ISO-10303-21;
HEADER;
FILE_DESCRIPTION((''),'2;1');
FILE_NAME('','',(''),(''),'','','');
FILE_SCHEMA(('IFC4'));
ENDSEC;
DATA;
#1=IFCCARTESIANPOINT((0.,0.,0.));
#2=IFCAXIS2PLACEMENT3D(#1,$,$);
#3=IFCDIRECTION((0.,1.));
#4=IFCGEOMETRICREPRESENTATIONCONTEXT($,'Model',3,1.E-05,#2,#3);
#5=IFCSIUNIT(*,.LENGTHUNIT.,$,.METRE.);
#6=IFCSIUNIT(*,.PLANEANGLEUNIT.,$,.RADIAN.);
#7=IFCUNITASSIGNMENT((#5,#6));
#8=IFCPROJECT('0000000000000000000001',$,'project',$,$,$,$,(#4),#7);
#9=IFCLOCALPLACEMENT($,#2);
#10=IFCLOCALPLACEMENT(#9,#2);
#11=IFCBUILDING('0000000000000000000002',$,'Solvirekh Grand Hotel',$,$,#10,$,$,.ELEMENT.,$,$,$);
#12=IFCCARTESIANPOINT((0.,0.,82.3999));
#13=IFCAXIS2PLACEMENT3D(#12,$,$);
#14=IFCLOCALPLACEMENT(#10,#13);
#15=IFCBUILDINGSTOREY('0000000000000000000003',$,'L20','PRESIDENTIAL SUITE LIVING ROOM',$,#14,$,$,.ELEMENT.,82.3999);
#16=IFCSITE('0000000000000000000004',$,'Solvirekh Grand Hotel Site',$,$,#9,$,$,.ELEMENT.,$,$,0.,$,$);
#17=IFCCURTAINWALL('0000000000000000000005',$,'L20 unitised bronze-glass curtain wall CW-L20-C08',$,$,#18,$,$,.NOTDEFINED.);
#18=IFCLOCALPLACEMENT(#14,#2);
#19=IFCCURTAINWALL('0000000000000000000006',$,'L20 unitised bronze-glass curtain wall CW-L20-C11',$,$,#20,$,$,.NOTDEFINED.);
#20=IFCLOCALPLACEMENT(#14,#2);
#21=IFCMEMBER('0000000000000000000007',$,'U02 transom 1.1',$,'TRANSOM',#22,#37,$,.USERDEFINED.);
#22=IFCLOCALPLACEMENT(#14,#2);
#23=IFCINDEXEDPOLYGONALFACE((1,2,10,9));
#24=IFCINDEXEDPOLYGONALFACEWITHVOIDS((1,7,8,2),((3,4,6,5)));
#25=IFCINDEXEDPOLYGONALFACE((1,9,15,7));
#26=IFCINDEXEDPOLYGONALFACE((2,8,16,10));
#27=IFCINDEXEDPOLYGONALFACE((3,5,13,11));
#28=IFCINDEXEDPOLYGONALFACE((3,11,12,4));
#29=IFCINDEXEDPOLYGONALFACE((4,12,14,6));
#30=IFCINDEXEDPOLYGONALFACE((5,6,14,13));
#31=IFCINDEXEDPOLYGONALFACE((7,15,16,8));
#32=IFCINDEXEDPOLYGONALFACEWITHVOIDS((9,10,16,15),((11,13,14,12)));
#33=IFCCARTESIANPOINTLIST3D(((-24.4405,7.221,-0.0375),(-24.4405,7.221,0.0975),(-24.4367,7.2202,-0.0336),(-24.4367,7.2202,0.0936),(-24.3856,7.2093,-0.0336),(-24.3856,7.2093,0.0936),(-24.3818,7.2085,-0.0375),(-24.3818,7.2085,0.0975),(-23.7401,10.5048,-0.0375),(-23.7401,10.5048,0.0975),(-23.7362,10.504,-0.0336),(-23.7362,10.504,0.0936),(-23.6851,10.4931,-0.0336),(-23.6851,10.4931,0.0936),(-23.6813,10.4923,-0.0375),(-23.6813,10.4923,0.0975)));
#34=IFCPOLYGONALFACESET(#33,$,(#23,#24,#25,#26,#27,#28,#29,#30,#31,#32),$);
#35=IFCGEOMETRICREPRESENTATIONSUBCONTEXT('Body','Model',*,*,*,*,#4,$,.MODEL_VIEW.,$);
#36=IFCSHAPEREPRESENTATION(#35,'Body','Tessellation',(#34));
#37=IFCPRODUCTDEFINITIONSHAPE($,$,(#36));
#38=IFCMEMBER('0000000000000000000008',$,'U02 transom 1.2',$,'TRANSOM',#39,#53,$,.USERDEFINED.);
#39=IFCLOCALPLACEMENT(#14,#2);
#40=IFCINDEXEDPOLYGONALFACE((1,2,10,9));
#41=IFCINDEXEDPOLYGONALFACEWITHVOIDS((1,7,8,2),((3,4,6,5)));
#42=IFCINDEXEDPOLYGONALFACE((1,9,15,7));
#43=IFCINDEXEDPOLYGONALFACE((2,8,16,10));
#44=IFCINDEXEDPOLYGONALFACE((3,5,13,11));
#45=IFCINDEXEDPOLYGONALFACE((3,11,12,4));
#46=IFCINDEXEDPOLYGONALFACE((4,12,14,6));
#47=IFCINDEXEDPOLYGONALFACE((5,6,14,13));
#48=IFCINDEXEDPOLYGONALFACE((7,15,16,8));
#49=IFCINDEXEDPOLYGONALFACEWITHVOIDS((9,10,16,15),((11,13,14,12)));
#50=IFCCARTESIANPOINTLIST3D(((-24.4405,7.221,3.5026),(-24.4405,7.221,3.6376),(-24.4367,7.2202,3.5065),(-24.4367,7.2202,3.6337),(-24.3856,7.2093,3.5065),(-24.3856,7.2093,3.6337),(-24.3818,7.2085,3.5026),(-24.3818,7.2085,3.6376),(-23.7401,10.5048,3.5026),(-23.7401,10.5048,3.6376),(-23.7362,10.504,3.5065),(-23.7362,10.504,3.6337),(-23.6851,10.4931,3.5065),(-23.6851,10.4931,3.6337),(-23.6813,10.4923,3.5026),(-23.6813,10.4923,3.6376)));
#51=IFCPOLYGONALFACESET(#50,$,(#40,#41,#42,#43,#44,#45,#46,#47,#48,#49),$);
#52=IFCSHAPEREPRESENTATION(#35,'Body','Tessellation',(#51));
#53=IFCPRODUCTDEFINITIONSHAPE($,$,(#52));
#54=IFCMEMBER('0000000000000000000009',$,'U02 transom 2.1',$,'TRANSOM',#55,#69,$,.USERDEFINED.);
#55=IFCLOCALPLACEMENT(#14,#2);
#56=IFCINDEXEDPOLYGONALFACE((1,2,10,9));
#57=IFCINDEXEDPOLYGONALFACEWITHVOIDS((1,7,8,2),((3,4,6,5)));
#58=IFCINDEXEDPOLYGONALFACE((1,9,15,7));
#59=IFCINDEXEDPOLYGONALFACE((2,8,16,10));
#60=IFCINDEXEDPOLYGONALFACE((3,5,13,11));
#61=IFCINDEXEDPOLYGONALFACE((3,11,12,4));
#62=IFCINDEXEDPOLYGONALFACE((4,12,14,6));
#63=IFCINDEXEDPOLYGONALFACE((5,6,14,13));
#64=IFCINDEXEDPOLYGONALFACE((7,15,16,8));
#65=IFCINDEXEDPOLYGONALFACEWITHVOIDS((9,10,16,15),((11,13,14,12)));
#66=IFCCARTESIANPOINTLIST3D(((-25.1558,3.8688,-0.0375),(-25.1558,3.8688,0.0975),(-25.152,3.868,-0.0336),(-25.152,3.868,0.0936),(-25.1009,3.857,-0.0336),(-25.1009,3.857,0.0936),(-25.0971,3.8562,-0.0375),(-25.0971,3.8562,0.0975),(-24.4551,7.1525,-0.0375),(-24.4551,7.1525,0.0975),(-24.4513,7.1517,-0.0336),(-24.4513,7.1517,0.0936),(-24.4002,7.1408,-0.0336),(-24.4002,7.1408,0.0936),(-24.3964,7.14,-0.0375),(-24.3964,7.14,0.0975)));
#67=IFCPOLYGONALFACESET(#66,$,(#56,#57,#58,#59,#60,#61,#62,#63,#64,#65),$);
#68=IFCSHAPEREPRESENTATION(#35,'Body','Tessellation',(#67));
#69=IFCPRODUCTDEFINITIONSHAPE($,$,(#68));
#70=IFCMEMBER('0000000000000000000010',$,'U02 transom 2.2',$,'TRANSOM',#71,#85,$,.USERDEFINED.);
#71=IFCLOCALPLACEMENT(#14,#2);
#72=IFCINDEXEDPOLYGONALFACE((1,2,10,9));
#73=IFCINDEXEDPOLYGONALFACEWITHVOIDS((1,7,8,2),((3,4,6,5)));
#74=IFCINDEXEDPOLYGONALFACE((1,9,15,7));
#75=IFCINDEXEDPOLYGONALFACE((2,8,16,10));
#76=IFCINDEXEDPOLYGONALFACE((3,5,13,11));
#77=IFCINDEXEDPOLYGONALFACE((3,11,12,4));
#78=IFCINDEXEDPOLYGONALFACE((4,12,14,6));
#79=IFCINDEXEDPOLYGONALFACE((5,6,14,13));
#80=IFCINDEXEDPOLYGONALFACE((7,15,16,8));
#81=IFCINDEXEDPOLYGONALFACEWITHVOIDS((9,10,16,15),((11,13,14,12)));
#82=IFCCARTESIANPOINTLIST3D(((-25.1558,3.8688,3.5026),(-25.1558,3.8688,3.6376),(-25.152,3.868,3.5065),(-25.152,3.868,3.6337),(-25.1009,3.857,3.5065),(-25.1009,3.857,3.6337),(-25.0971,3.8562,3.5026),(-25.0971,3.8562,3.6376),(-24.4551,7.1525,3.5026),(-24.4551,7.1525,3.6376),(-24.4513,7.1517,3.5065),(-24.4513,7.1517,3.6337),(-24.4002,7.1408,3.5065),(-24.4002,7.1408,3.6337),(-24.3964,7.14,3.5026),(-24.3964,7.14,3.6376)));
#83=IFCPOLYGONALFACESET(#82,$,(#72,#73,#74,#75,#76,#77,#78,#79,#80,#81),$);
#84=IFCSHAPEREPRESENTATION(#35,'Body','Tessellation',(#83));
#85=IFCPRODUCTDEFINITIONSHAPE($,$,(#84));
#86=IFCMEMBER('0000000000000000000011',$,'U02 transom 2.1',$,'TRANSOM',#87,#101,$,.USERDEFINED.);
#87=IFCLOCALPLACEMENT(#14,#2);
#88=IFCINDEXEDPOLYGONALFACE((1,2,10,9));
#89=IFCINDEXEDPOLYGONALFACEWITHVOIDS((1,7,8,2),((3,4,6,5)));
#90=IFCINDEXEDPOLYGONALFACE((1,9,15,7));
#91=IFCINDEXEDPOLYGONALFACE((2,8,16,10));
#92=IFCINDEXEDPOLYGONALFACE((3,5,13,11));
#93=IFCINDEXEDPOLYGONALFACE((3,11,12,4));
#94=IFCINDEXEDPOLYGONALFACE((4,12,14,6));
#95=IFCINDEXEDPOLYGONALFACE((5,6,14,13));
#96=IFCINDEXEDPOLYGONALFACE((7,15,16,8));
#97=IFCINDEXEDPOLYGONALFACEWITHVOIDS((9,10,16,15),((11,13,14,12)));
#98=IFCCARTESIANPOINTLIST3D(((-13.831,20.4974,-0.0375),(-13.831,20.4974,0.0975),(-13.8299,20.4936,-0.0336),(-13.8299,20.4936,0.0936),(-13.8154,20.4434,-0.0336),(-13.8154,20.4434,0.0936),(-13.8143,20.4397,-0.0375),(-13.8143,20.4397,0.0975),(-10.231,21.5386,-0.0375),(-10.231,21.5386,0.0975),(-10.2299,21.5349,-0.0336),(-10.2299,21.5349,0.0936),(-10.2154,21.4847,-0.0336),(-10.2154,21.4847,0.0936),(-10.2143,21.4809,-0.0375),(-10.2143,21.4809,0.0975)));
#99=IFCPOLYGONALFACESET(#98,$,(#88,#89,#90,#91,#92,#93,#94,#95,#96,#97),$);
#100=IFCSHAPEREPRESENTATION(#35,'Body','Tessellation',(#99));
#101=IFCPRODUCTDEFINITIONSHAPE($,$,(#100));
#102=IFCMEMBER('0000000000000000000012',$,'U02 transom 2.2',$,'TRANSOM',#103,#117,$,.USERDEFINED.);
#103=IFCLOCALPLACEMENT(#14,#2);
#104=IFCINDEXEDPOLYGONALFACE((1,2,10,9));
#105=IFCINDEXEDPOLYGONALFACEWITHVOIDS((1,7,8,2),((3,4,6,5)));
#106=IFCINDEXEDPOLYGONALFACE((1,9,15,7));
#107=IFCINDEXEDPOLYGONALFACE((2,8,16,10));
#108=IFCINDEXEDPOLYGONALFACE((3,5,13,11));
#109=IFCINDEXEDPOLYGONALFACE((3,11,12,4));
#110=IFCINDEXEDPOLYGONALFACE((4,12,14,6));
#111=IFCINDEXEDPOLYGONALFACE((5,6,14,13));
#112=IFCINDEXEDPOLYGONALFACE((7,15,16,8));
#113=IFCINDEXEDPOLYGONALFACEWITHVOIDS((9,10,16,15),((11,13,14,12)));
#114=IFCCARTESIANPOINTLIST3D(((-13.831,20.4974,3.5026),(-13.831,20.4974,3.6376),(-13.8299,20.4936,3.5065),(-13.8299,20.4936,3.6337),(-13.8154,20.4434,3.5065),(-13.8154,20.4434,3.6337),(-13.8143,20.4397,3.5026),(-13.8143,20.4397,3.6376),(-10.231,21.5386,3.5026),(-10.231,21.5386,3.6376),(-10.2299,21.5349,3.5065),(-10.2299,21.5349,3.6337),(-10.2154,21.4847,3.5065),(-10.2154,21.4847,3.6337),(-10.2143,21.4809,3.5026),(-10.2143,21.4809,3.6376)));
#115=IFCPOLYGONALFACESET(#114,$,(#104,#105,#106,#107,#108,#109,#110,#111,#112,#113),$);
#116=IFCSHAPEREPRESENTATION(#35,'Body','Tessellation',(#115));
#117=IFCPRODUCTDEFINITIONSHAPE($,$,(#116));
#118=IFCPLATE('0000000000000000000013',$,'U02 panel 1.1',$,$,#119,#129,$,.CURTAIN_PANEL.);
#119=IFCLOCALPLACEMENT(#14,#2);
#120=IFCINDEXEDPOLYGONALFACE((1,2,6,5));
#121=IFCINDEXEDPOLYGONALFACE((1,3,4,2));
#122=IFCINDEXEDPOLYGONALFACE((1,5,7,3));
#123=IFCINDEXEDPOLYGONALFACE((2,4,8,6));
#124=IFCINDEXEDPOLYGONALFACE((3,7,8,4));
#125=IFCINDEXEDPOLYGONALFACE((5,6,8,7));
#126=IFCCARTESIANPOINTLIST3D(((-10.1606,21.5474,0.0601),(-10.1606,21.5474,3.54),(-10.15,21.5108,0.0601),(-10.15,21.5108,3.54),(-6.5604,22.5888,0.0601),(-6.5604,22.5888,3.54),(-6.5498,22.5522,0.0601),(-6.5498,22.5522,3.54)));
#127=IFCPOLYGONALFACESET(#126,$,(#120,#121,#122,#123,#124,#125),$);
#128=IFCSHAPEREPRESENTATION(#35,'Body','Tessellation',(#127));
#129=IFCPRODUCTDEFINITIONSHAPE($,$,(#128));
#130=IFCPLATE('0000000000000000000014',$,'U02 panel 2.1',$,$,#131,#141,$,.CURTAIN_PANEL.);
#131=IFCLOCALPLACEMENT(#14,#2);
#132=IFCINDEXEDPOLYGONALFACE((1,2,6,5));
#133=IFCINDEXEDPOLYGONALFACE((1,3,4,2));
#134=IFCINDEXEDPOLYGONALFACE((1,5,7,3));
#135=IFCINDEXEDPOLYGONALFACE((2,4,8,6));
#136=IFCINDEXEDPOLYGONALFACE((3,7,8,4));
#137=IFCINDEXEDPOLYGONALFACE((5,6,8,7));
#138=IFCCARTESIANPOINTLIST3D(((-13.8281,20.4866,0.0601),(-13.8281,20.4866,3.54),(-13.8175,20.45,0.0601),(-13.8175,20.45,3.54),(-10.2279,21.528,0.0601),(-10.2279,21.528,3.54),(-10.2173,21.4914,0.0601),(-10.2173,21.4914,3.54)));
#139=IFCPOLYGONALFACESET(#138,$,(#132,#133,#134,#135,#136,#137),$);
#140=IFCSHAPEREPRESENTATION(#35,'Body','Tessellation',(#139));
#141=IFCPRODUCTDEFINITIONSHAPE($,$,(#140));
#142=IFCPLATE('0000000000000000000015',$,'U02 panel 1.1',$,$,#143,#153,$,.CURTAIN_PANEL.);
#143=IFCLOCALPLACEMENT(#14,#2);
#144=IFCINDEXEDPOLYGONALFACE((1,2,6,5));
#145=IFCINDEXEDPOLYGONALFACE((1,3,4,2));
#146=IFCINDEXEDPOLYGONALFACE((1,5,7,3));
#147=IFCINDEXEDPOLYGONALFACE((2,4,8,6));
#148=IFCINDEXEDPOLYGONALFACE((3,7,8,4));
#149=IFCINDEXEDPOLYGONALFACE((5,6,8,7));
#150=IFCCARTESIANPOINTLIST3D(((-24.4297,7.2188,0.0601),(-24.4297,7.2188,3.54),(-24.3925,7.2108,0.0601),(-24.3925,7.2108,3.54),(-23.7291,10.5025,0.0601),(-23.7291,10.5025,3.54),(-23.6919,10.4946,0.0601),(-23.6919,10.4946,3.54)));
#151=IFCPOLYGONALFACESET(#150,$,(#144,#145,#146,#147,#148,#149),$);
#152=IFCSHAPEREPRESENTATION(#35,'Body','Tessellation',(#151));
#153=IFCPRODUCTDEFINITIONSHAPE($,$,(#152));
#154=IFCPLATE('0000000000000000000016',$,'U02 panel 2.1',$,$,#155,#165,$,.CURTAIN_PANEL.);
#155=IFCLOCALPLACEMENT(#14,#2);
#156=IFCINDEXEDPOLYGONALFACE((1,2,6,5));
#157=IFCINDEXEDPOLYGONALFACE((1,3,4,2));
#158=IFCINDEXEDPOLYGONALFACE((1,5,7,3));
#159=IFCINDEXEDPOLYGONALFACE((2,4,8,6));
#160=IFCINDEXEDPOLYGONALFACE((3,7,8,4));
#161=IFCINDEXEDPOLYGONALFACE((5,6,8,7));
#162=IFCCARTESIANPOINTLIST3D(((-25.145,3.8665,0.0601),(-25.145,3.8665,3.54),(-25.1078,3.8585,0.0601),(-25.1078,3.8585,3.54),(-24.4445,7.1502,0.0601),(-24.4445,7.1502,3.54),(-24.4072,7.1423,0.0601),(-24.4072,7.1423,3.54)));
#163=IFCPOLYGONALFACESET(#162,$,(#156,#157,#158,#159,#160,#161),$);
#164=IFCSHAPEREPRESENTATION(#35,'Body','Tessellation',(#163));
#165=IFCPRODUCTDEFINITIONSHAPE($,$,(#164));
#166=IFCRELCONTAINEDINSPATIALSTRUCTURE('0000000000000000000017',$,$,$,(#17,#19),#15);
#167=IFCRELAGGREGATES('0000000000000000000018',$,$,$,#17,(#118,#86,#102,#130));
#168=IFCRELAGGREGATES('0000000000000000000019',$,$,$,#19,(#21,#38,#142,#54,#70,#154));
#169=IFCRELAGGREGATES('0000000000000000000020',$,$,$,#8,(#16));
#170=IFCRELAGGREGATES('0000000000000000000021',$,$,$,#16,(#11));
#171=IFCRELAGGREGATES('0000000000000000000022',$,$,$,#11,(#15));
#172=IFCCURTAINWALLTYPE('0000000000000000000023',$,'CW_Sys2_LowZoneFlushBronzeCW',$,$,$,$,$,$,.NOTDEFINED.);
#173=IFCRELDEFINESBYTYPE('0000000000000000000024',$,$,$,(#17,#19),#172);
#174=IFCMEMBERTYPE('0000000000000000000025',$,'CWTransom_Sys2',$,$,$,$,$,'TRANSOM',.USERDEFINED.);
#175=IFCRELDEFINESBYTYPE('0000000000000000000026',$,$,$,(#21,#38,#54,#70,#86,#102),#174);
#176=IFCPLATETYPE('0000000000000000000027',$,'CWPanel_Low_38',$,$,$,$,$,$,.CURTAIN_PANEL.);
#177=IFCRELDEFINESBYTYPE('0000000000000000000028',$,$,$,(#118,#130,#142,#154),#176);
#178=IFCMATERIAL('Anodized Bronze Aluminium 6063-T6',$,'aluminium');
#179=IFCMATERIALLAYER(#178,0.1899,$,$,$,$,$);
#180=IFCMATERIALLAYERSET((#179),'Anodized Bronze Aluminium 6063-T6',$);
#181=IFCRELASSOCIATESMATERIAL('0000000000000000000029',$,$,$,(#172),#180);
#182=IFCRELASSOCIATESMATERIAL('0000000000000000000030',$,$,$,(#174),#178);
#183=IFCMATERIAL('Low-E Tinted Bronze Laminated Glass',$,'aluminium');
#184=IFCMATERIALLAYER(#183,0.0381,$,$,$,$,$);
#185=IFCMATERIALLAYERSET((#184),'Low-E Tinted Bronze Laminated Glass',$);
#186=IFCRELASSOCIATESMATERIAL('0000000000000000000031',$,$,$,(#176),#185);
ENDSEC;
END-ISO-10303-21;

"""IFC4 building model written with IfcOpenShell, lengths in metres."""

from ifc_helpers import new_model, si_unit, direction, frame, origin, origin_2d, place, context, subcontext, project, spatial, rectangle, hollow_rectangle, extrude, source, transform, mapped, material, layer, layer_set, material_profile, profile_set, type_object, element, aggregate, save


model = new_model("IFC4")

# Units and contexts
model_context = context("Model", 3, precision=1e-05, world=origin(), true_north=direction((0.0, 1.0)))
body_context = subcontext(model_context, "Body", "Model", "MODEL_VIEW")
ifc_project = project(units=[si_unit("LENGTHUNIT", "METRE"), si_unit("PLANEANGLEUNIT", "RADIAN")], contexts=[model_context])

# Site, building, storey
site_placement = place(None, origin())
site = spatial("IfcSite", under=ifc_project, at=site_placement, Name="Solvirekh Grand Hotel Site", CompositionType="ELEMENT", RefElevation=0.0)
building_placement = place(site_placement, origin())
building = spatial("IfcBuilding", under=site, at=building_placement, Name="Solvirekh Grand Hotel", CompositionType="ELEMENT")
storey_placement = place(building_placement, frame((0.0, 0.0, 82.3999)))
storey = spatial("IfcBuildingStorey", under=building, at=storey_placement, Name="L20", Description="PRESIDENTIAL SUITE LIVING ROOM", CompositionType="ELEMENT", Elevation=82.3999)

# Curtain walls, members
ifc_material_1 = material(Name="Anodized Bronze Aluminium 6063-T6", Category="aluminium")
ifc_layer_1 = layer(ifc_material_1, 0.1899)
ifc_layer_set_1 = layer_set([ifc_layer_1], Name="Anodized Bronze Aluminium 6063-T6")
curtain_wall_type = type_object("IfcCurtainWallType", Name="CW_Sys2_LowZoneFlushBronzeCW", PredefinedType="NOTDEFINED", material=ifc_layer_set_1)
curtain_wall_1_placement = place(storey_placement, origin())
curtain_wall_1 = element("IfcCurtainWall", 1, at=curtain_wall_1_placement, inside=storey, type_object=curtain_wall_type, Name="L20 unitised bronze-glass curtain wall CW-L20-C08", PredefinedType="NOTDEFINED")
curtain_wall_2_placement = place(storey_placement, origin())
curtain_wall_2 = element("IfcCurtainWall", 2, at=curtain_wall_2_placement, inside=storey, type_object=curtain_wall_type, Name="L20 unitised bronze-glass curtain wall CW-L20-C11", PredefinedType="NOTDEFINED")
ifc_material_profile_1 = material_profile(ifc_material_1, hollow_rectangle(XDim=0.0601, YDim=0.135, WallThickness=0.0039, at=origin_2d()), Name="ALU RHS 135X60X4")
ifc_profile_set_1 = profile_set([ifc_material_profile_1], Name="Anodized Bronze Aluminium 6063-T6")
member_type_1 = type_object("IfcMemberType", Name="CWTransom_Sys2", ElementType="TRANSOM", PredefinedType="USERDEFINED", material=ifc_profile_set_1)
shared_shape_1 = source(origin(), body_context, "Body", "SweptSolid", [
    extrude(hollow_rectangle(XDim=0.0601, YDim=0.135, WallThickness=0.0039, at=origin_2d()), origin(), (0.0, 0.0, 1.0), 3.3577),
])
member_1_placement = place(storey_placement, frame((-23.7107, 10.4985, 0.03), z_axis=(-0.208615, -0.977998, 0.0), x_axis=(0.977998, -0.208615, 0.0)))
member_1 = element("IfcMember", 3, at=member_1_placement, type_object=member_type_1, Name="U02 transom 1.1", ObjectType="TRANSOM", PredefinedType="USERDEFINED", context=body_context, shape_type="MappedRepresentation", body=[
    mapped(shared_shape_1, transform((0.0, 0.0, 0.0), x_axis=(1.0, 0.0, 0.0), y_axis=(0.0, 1.0, 0.0), z_axis=(0.0, 0.0, 1.0), scale=1.0)),
])
member_2_placement = place(storey_placement, frame((-23.7107, 10.4985, 3.5701), z_axis=(-0.208615, -0.977998, 0.0), x_axis=(0.977998, -0.208615, 0.0)))
member_2 = element("IfcMember", 4, at=member_2_placement, type_object=member_type_1, Name="U02 transom 1.2", ObjectType="TRANSOM", PredefinedType="USERDEFINED", context=body_context, shape_type="MappedRepresentation", body=[
    mapped(shared_shape_1, transform((0.0, 0.0, 0.0), x_axis=(1.0, 0.0, 0.0), y_axis=(0.0, 1.0, 0.0), z_axis=(0.0, 0.0, 1.0), scale=1.0)),
])
member_3_placement = place(storey_placement, frame((-24.4258, 7.1462, 0.03), z_axis=(-0.208685, -0.977983, 0.0), x_axis=(0.977983, -0.208685, 0.0)))
member_3 = element("IfcMember", 5, at=member_3_placement, type_object=member_type_1, Name="U02 transom 2.1", ObjectType="TRANSOM", PredefinedType="USERDEFINED", context=body_context, shape_type="MappedRepresentation", body=[
    mapped(shared_shape_1, transform((0.0, 0.0, 0.0), x_axis=(1.0, 0.0, 0.0), y_axis=(0.0, 1.0, 0.0), z_axis=(0.0, 0.0, 1.0), scale=1.0)),
])
member_4_placement = place(storey_placement, frame((-24.4258, 7.1462, 3.5701), z_axis=(-0.208685, -0.977983, 0.0), x_axis=(0.977983, -0.208685, 0.0)))
member_4 = element("IfcMember", 6, at=member_4_placement, type_object=member_type_1, Name="U02 transom 2.2", ObjectType="TRANSOM", PredefinedType="USERDEFINED", context=body_context, shape_type="MappedRepresentation", body=[
    mapped(shared_shape_1, transform((0.0, 0.0, 0.0), x_axis=(1.0, 0.0, 0.0), y_axis=(0.0, 1.0, 0.0), z_axis=(0.0, 0.0, 1.0), scale=1.0)),
])

# Members
shared_shape_2 = source(origin(), body_context, "Body", "SweptSolid", [
    extrude(hollow_rectangle(XDim=0.0601, YDim=0.135, WallThickness=0.0039, at=origin_2d()), origin(), (0.0, 0.0, 1.0), 3.7476),
])
member_5_placement = place(storey_placement, frame((-10.2227, 21.5098, 0.03), z_axis=(-0.960627, -0.277843, 0.0), x_axis=(0.277843, -0.960627, 0.0)))
member_5 = element("IfcMember", 7, at=member_5_placement, type_object=member_type_1, Name="U02 transom 2.1", ObjectType="TRANSOM", PredefinedType="USERDEFINED", context=body_context, shape_type="MappedRepresentation", body=[
    mapped(shared_shape_2, transform((0.0, 0.0, 0.0), x_axis=(1.0, 0.0, 0.0), y_axis=(0.0, 1.0, 0.0), z_axis=(0.0, 0.0, 1.0), scale=1.0)),
])
member_6_placement = place(storey_placement, frame((-10.2227, 21.5098, 3.5701), z_axis=(-0.960627, -0.277843, 0.0), x_axis=(0.277843, -0.960627, 0.0)))
member_6 = element("IfcMember", 8, at=member_6_placement, type_object=member_type_1, Name="U02 transom 2.2", ObjectType="TRANSOM", PredefinedType="USERDEFINED", context=body_context, shape_type="MappedRepresentation", body=[
    mapped(shared_shape_2, transform((0.0, 0.0, 0.0), x_axis=(1.0, 0.0, 0.0), y_axis=(0.0, 1.0, 0.0), z_axis=(0.0, 0.0, 1.0), scale=1.0)),
])

# Plates
ifc_material_2 = material(Name="Low-E Tinted Bronze Laminated Glass", Category="aluminium")
ifc_layer_2 = layer(ifc_material_2, 0.0381)
ifc_layer_set_2 = layer_set([ifc_layer_2], Name="Low-E Tinted Bronze Laminated Glass")
plate_type = type_object("IfcPlateType", Name="CWPanel_Low_38", PredefinedType="CURTAIN_PANEL", material=ifc_layer_set_2)
shared_shape_3 = source(origin(), body_context, "Body", "SweptSolid", [
    extrude(rectangle(XDim=3.7478, YDim=0.0381, at=origin_2d()), origin(), (0.0, 0.0, 1.0), 3.48),
])
plate_1_placement = place(storey_placement, frame((-8.3552, 22.0498, 0.0601), z_axis=(0.0, 0.0, 1.0), x_axis=(-0.960623, -0.277856, 0.0)))
plate_1 = element("IfcPlate", 9, at=plate_1_placement, type_object=plate_type, Name="U02 panel 1.1", PredefinedType="CURTAIN_PANEL", context=body_context, shape_type="MappedRepresentation", body=[
    mapped(shared_shape_3, transform((0.0, 0.0, 0.0), x_axis=(1.0, 0.0, 0.0), y_axis=(0.0, 1.0, 0.0), z_axis=(0.0, 0.0, 1.0), scale=1.0)),
])
plate_2_placement = place(storey_placement, frame((-12.0227, 20.989, 0.0601), z_axis=(0.0, 0.0, 1.0), x_axis=(-0.960623, -0.277856, 0.0)))
plate_2 = element("IfcPlate", 10, at=plate_2_placement, type_object=plate_type, Name="U02 panel 2.1", PredefinedType="CURTAIN_PANEL", context=body_context, shape_type="MappedRepresentation", body=[
    mapped(shared_shape_3, transform((0.0, 0.0, 0.0), x_axis=(1.0, 0.0, 0.0), y_axis=(0.0, 1.0, 0.0), z_axis=(0.0, 0.0, 1.0), scale=1.0)),
])
aggregate(curtain_wall_1, [plate_1, member_5, member_6, plate_2])
shared_shape_4 = source(origin(), body_context, "Body", "SweptSolid", [
    extrude(rectangle(XDim=3.3577, YDim=0.0381, at=origin_2d()), origin(), (0.0, 0.0, 1.0), 3.48),
])
plate_3_placement = place(storey_placement, frame((-24.0608, 8.8567, 0.0601), z_axis=(0.0, 0.0, 1.0), x_axis=(-0.208651, -0.97799, 0.0)))
plate_3 = element("IfcPlate", 11, at=plate_3_placement, type_object=plate_type, Name="U02 panel 1.1", PredefinedType="CURTAIN_PANEL", context=body_context, shape_type="MappedRepresentation", body=[
    mapped(shared_shape_4, transform((0.0, 0.0, 0.0), x_axis=(1.0, 0.0, 0.0), y_axis=(0.0, 1.0, 0.0), z_axis=(0.0, 0.0, 1.0), scale=1.0)),
])
plate_4_placement = place(storey_placement, frame((-24.7761, 5.5044, 0.0601), z_axis=(0.0, 0.0, 1.0), x_axis=(-0.208651, -0.97799, 0.0)))
plate_4 = element("IfcPlate", 12, at=plate_4_placement, type_object=plate_type, Name="U02 panel 2.1", PredefinedType="CURTAIN_PANEL", context=body_context, shape_type="MappedRepresentation", body=[
    mapped(shared_shape_4, transform((0.0, 0.0, 0.0), x_axis=(1.0, 0.0, 0.0), y_axis=(0.0, 1.0, 0.0), z_axis=(0.0, 0.0, 1.0), scale=1.0)),
])
aggregate(curtain_wall_2, [member_1, member_2, plate_3, member_3, member_4, plate_4])

save(model, "model.ifc")
